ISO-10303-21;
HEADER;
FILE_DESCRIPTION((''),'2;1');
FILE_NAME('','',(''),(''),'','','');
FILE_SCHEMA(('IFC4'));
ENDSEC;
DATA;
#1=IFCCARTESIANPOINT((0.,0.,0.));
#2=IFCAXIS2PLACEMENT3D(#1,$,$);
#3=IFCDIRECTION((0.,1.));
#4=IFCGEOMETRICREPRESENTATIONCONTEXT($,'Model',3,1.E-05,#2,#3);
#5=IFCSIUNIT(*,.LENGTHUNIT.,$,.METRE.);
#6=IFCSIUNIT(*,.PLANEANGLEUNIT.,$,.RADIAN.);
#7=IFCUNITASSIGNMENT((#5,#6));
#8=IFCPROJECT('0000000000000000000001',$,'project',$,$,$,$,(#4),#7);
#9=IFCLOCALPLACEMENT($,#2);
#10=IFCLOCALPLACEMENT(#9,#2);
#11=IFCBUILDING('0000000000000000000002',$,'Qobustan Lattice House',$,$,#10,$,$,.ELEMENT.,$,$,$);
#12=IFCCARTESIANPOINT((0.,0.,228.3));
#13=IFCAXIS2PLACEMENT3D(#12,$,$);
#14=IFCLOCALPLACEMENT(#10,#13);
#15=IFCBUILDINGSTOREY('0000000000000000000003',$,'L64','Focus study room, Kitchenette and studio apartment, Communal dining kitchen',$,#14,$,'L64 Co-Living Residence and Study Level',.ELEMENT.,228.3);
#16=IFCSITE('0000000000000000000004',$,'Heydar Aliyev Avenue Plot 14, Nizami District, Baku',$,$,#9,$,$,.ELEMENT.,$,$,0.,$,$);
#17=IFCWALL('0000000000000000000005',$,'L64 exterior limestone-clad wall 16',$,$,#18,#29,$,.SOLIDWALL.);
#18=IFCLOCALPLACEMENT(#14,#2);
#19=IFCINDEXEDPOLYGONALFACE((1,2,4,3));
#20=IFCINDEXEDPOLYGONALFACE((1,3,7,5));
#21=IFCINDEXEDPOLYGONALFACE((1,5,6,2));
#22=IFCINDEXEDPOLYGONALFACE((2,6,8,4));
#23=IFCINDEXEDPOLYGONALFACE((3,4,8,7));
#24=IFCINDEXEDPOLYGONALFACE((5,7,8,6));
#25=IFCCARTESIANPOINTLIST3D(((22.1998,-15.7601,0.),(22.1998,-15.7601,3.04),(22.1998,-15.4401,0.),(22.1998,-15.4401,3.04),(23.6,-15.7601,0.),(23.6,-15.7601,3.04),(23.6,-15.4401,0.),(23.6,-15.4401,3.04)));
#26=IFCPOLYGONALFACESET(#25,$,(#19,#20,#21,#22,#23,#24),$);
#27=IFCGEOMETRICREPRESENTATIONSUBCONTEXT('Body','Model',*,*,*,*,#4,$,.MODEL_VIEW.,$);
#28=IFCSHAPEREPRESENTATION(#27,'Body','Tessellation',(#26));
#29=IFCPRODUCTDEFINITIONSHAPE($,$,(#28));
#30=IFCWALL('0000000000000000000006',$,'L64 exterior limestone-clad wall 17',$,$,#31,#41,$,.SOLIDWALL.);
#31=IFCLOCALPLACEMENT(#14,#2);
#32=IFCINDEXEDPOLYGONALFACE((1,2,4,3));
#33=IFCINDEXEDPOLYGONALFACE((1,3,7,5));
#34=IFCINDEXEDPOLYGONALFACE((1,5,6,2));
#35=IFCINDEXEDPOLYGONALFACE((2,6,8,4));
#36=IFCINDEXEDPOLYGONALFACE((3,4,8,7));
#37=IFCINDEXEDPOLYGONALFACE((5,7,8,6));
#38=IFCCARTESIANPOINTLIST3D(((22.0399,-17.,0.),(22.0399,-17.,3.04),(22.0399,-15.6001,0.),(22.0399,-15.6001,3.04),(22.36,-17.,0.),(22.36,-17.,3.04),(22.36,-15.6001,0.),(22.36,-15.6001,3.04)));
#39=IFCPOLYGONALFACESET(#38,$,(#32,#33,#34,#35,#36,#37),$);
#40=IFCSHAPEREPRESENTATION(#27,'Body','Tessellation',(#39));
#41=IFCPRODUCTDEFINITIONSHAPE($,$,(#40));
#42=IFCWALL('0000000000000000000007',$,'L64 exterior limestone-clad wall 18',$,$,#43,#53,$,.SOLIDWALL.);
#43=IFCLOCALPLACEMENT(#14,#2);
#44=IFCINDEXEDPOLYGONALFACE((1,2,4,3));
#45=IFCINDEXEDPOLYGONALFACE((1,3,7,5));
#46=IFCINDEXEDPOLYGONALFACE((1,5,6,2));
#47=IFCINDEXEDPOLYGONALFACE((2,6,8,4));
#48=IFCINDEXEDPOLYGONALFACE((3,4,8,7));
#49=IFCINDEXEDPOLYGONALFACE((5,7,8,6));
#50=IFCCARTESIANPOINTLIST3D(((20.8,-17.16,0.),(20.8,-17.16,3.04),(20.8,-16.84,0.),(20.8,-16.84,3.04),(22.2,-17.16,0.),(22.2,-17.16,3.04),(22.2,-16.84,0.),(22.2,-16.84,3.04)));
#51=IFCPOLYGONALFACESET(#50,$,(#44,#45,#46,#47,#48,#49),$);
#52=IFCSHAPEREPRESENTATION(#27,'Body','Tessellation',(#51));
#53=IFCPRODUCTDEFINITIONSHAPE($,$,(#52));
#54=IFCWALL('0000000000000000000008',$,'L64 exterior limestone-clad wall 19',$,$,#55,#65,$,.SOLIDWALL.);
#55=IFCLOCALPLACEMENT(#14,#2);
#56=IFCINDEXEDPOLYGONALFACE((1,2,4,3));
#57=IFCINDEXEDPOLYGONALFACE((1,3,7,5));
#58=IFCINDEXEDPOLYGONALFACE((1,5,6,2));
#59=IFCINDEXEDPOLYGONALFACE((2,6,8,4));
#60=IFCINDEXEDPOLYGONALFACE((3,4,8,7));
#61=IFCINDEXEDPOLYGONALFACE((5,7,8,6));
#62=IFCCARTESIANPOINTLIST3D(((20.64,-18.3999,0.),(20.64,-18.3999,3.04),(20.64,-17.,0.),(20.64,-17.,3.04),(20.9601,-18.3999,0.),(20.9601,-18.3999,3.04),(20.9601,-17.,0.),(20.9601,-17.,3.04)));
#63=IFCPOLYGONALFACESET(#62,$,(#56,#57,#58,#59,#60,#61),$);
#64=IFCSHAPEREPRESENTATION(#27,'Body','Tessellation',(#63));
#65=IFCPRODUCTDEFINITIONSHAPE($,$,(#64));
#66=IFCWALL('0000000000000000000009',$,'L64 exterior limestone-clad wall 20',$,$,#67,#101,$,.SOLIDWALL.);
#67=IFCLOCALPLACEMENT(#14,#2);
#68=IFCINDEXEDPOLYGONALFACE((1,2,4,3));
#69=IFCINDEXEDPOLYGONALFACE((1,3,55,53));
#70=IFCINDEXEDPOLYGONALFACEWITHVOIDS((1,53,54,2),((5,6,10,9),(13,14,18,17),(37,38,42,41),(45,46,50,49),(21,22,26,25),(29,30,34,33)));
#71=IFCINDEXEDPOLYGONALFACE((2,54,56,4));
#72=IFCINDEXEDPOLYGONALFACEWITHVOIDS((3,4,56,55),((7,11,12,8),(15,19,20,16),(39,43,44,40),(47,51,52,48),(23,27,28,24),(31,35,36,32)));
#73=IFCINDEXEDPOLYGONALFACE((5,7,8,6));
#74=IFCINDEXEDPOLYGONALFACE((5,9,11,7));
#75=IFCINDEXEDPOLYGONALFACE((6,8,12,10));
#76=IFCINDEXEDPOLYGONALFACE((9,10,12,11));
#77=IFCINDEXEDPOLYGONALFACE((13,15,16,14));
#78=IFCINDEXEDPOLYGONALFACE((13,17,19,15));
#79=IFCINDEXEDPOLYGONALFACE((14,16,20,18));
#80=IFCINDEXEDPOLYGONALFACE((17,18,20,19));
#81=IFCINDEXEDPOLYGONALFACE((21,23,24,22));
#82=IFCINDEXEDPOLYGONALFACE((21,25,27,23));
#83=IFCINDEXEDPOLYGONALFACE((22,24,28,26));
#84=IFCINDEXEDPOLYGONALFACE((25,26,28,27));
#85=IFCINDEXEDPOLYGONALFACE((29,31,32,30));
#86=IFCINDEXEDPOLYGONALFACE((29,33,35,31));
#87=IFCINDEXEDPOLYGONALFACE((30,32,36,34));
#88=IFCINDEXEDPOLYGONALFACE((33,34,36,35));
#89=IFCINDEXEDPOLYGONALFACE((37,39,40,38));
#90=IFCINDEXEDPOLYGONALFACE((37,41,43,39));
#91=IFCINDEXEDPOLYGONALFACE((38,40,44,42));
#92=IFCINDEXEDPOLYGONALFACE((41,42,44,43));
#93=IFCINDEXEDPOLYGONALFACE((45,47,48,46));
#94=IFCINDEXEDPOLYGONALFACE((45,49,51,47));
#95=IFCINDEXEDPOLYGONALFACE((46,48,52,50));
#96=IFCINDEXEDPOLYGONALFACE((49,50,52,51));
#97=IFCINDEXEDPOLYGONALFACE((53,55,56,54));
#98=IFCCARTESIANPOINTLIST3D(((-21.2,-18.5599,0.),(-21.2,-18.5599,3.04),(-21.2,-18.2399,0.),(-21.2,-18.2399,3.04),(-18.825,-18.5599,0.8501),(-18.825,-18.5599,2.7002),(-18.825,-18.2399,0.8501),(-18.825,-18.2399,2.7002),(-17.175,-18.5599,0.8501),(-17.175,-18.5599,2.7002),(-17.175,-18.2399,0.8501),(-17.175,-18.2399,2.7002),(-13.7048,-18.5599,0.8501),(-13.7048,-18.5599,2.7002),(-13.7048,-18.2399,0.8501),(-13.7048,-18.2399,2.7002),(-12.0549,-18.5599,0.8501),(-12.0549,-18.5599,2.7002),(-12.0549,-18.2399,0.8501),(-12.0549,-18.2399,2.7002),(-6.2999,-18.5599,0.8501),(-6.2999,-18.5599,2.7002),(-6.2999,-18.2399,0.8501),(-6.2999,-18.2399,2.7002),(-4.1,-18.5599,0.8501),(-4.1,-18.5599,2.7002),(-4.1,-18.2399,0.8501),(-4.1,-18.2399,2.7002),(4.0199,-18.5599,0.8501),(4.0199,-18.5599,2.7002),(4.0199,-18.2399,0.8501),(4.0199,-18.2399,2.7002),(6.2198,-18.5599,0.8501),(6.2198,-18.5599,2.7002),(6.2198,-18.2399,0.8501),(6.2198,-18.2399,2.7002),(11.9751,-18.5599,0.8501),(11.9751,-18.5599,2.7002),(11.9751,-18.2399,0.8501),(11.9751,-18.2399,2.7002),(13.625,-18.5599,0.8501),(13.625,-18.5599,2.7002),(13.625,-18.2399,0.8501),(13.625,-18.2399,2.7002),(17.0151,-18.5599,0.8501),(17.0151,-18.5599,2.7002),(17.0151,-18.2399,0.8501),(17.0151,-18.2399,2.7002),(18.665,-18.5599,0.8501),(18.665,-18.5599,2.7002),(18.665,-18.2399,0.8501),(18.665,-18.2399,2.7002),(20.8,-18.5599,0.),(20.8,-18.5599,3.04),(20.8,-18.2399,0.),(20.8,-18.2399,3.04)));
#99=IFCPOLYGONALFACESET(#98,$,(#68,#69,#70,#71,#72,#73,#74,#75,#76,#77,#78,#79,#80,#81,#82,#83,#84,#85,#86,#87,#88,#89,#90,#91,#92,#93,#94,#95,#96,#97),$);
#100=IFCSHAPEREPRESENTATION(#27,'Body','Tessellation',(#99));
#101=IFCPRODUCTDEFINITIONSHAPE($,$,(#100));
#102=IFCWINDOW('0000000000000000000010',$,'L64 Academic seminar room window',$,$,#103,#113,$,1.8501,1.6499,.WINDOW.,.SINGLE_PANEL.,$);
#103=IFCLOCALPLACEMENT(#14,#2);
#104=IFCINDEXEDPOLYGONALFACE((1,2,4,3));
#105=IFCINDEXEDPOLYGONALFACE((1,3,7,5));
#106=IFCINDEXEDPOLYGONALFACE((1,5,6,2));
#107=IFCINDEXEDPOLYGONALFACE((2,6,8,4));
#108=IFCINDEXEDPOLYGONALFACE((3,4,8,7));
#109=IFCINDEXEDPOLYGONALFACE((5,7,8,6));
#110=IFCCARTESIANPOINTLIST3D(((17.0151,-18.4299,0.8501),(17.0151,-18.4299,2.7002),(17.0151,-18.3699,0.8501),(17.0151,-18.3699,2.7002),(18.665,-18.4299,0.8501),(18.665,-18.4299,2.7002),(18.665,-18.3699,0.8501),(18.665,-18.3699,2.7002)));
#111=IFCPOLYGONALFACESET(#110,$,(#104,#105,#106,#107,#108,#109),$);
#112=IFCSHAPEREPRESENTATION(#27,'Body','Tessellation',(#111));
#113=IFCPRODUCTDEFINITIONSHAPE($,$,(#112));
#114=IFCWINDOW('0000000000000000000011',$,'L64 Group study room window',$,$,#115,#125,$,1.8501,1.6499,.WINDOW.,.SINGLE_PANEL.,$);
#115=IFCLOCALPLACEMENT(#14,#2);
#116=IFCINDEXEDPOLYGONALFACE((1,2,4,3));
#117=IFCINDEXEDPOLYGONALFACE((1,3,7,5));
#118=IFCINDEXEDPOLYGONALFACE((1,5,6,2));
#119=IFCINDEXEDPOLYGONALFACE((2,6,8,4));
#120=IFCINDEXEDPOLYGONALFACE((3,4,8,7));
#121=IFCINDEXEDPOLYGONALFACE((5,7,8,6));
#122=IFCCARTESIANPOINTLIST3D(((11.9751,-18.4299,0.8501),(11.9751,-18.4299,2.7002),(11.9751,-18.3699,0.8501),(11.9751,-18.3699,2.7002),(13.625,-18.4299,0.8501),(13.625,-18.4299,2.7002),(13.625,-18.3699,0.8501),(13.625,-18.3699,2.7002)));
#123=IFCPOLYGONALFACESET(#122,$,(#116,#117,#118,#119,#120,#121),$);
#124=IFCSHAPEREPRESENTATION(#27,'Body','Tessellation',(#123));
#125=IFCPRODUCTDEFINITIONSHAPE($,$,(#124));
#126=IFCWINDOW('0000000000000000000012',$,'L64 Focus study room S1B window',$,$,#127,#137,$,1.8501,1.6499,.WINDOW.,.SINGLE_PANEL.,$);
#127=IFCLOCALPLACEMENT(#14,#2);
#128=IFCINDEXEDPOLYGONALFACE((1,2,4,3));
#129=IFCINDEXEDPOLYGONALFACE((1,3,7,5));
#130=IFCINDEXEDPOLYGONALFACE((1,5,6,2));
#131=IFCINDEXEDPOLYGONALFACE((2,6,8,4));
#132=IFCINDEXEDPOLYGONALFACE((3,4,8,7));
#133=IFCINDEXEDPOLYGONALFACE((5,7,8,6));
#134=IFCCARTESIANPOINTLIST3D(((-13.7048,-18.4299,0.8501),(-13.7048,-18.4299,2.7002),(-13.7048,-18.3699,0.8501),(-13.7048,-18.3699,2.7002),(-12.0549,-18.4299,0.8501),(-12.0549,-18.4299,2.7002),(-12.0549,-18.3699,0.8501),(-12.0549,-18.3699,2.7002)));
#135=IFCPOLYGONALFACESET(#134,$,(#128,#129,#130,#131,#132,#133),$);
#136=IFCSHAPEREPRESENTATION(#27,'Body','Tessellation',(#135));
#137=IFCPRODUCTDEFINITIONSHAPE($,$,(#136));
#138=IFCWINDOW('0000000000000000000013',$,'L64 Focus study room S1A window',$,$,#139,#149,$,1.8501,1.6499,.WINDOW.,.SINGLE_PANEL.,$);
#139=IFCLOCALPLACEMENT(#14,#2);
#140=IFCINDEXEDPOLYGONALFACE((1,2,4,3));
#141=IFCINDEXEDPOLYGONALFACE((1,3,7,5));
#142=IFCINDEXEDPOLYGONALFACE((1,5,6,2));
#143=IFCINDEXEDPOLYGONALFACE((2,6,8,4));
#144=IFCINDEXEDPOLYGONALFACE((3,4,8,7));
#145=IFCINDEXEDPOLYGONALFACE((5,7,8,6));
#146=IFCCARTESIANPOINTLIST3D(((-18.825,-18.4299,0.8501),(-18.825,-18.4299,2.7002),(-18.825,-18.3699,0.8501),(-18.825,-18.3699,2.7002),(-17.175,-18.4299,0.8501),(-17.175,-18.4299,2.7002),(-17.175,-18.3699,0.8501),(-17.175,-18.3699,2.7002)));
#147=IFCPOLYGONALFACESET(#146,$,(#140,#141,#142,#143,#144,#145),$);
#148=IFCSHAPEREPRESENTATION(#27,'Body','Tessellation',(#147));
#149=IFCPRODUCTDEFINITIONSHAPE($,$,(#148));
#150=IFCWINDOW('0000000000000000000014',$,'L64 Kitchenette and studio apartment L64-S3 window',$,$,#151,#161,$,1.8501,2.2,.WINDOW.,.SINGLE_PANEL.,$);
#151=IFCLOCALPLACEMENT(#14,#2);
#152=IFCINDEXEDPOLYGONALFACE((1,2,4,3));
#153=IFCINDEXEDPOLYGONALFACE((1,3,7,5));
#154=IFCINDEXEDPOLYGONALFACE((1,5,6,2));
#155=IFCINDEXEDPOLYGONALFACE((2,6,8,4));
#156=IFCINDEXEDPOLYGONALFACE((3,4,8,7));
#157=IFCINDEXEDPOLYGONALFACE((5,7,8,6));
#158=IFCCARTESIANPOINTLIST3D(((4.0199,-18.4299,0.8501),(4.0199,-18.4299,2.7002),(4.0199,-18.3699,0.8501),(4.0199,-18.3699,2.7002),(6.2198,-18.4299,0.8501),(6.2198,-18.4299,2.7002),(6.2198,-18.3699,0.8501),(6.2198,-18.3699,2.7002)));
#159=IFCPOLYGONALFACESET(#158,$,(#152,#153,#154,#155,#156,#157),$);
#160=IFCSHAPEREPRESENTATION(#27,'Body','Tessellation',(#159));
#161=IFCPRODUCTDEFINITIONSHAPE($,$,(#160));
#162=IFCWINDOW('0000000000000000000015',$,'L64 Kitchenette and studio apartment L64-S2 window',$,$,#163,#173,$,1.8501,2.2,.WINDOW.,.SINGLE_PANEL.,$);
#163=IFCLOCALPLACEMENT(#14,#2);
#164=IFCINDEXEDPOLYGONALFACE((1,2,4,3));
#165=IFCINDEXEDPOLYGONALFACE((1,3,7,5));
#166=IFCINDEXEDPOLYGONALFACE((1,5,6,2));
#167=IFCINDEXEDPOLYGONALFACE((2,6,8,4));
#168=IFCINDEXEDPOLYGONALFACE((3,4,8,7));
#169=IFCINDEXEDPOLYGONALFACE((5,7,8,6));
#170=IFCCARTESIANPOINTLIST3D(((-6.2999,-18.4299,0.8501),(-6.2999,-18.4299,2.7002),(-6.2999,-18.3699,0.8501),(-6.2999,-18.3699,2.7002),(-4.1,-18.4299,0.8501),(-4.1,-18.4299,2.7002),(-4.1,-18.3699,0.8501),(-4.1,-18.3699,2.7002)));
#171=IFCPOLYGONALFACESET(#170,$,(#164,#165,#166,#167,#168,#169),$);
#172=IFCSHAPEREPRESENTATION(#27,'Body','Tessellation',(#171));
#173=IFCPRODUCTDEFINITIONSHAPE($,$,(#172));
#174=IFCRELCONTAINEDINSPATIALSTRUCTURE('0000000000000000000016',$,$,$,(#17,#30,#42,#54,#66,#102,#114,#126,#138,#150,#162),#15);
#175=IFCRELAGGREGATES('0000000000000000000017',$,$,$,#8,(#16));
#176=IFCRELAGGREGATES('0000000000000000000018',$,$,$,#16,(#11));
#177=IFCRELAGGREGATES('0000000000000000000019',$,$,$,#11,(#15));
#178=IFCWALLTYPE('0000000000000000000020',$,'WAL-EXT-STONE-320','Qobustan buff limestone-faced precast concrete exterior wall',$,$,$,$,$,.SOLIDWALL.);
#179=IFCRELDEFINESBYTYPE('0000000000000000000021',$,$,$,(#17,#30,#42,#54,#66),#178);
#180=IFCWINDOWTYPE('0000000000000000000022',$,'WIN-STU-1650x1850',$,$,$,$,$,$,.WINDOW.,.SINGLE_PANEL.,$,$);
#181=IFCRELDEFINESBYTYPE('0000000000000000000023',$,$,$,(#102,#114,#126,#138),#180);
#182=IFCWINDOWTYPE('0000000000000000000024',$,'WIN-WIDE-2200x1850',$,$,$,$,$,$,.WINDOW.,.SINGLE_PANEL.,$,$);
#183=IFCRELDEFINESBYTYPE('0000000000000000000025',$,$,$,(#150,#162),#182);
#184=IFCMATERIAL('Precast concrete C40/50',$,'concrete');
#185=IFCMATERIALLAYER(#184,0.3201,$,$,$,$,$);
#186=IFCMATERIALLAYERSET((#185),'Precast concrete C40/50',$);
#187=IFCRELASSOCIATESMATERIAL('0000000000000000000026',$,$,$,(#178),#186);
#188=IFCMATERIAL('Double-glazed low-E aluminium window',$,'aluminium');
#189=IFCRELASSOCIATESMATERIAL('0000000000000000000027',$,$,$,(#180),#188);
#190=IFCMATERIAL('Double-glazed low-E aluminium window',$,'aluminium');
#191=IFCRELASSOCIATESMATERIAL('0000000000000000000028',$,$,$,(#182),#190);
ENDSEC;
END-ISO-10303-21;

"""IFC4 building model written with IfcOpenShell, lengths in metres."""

from ifc_helpers import new_model, si_unit, direction, frame, frame_2d, origin, place, context, subcontext, project, spatial, rectangle, extrude, material, layer, layer_set, type_object, element, fill, save


model = new_model("IFC4")

# Units and contexts
model_context = context("Model", 3, precision=1e-05, world=origin(), true_north=direction((0.0, 1.0)))
body_context = subcontext(model_context, "Body", "Model", "MODEL_VIEW")
ifc_project = project(units=[si_unit("LENGTHUNIT", "METRE"), si_unit("PLANEANGLEUNIT", "RADIAN")], contexts=[model_context])

# Site, building, storey
site_placement = place(None, origin())
site = spatial("IfcSite", under=ifc_project, at=site_placement, Name="Heydar Aliyev Avenue Plot 14, Nizami District, Baku", CompositionType="ELEMENT", RefElevation=0.0)
building_placement = place(site_placement, origin())
building = spatial("IfcBuilding", under=site, at=building_placement, Name="Qobustan Lattice House", CompositionType="ELEMENT")
storey_placement = place(building_placement, frame((0.0, 0.0, 228.3)))
storey = spatial("IfcBuildingStorey", under=building, at=storey_placement, Name="L64", Description="Focus study room, Kitchenette and studio apartment, Communal dining kitchen", LongName="L64 Co-Living Residence and Study Level", CompositionType="ELEMENT", Elevation=228.3)

# Walls
ifc_material_1 = material(Name="Precast concrete C40/50", Category="concrete")
ifc_layer = layer(ifc_material_1, 0.3201)
ifc_layer_set = layer_set([ifc_layer], Name="Precast concrete C40/50")
wall_type = type_object("IfcWallType", Name="WAL-EXT-STONE-320", Description="Qobustan buff limestone-faced precast concrete exterior wall", PredefinedType="SOLIDWALL", material=ifc_layer_set)
wall_1_placement = place(storey_placement, frame((23.6001, -15.6001, 0.0), z_axis=(0.0, 0.0, 1.0), x_axis=(-1.0, 0.0, 0.0)))
element("IfcWall", 1, at=wall_1_placement, inside=storey, type_object=wall_type, Name="L64 exterior limestone-clad wall 16", PredefinedType="SOLIDWALL", context=body_context, shape_type="SweptSolid", body=[
    extrude(rectangle(XDim=1.4001, YDim=0.3201, at=frame_2d((0.7002, 0.0))), origin(), (0.0, 0.0, 1.0), 3.04),
])
for number, where, z_axis, x_axis, name in (
    (2, (22.2, -15.6001, 0.0), (0.0, 0.0, 1.0), (0.0, -1.0, 0.0), "L64 exterior limestone-clad wall 17"),
    (3, (22.2, -17.0, 0.0), (0.0, 0.0, 1.0), (-1.0, 0.0, 0.0), "L64 exterior limestone-clad wall 18"),
    (4, (20.8, -17.0, 0.0), (0.0, 0.0, 1.0), (0.0, -1.0, 0.0), "L64 exterior limestone-clad wall 19"),
):
    element("IfcWall", number, at=place(storey_placement, frame(where, z_axis=z_axis, x_axis=x_axis)), inside=storey, type_object=wall_type, Name=name, PredefinedType="SOLIDWALL", context=body_context, shape_type="SweptSolid", body=[
        extrude(rectangle(XDim=1.3999, YDim=0.3201, at=frame_2d((0.7, 0.0))), origin(), (0.0, 0.0, 1.0), 3.04),
    ])

# Wall, openings, windows
wall_2_placement = place(storey_placement, frame((20.8, -18.3999, 0.0), z_axis=(0.0, 0.0, 1.0), x_axis=(-1.0, 0.0, 0.0)))
wall_2 = element("IfcWall", 5, at=wall_2_placement, inside=storey, type_object=wall_type, Name="L64 exterior limestone-clad wall 20", PredefinedType="SOLIDWALL", context=body_context, shape_type="SweptSolid", body=[
    extrude(rectangle(XDim=42.0, YDim=0.3201, at=frame_2d((21.0, 0.0))), origin(), (0.0, 0.0, 1.0), 3.04),
])
opening_1_placement = place(wall_2_placement, frame((2.135, 0.0, 0.8501)))
opening_1 = element("IfcOpeningElement", 6, at=opening_1_placement, cuts=wall_2, PredefinedType="OPENING", context=body_context, shape_type="SweptSolid", body=[
    extrude(rectangle(XDim=1.6499, YDim=1.8501, at=frame_2d((0.825, 0.925))), frame((0.0, 0.1699, 0.0), z_axis=(0.0, -1.0, 0.0), x_axis=(1.0, 0.0, 0.0)), (0.0, 0.0, 1.0), 0.3401),
])
opening_2_placement = place(wall_2_placement, frame((7.175, 0.0, 0.8501)))
opening_2 = element("IfcOpeningElement", 7, at=opening_2_placement, cuts=wall_2, PredefinedType="OPENING", context=body_context, shape_type="SweptSolid", body=[
    extrude(rectangle(XDim=1.6499, YDim=1.8501, at=frame_2d((0.825, 0.925))), frame((0.0, 0.1699, 0.0), z_axis=(0.0, -1.0, 0.0), x_axis=(1.0, 0.0, 0.0)), (0.0, 0.0, 1.0), 0.3401),
])
opening_3_placement = place(wall_2_placement, frame((14.5801, 0.0, 0.8501)))
opening_3 = element("IfcOpeningElement", 8, at=opening_3_placement, cuts=wall_2, PredefinedType="OPENING", context=body_context, shape_type="SweptSolid", body=[
    extrude(rectangle(XDim=2.2, YDim=1.8501, at=frame_2d((1.1001, 0.925))), frame((0.0, 0.1699, 0.0), z_axis=(0.0, -1.0, 0.0), x_axis=(1.0, 0.0, 0.0)), (0.0, 0.0, 1.0), 0.3401),
])
opening_4_placement = place(wall_2_placement, frame((24.8999, 0.0, 0.8501)))
opening_4 = element("IfcOpeningElement", 9, at=opening_4_placement, cuts=wall_2, PredefinedType="OPENING", context=body_context, shape_type="SweptSolid", body=[
    extrude(rectangle(XDim=2.2, YDim=1.8501, at=frame_2d((1.1001, 0.925))), frame((0.0, 0.1699, 0.0), z_axis=(0.0, -1.0, 0.0), x_axis=(1.0, 0.0, 0.0)), (0.0, 0.0, 1.0), 0.3401),
])
opening_5_placement = place(wall_2_placement, frame((32.855, 0.0, 0.8501)))
opening_5 = element("IfcOpeningElement", 10, at=opening_5_placement, cuts=wall_2, PredefinedType="OPENING", context=body_context, shape_type="SweptSolid", body=[
    extrude(rectangle(XDim=1.6499, YDim=1.8501, at=frame_2d((0.825, 0.925))), frame((0.0, 0.1699, 0.0), z_axis=(0.0, -1.0, 0.0), x_axis=(1.0, 0.0, 0.0)), (0.0, 0.0, 1.0), 0.3401),
])
opening_6_placement = place(wall_2_placement, frame((37.9751, 0.0, 0.8501)))
opening_6 = element("IfcOpeningElement", 11, at=opening_6_placement, cuts=wall_2, PredefinedType="OPENING", context=body_context, shape_type="SweptSolid", body=[
    extrude(rectangle(XDim=1.6499, YDim=1.8501, at=frame_2d((0.825, 0.925))), frame((0.0, 0.1699, 0.0), z_axis=(0.0, -1.0, 0.0), x_axis=(1.0, 0.0, 0.0)), (0.0, 0.0, 1.0), 0.3401),
])
ifc_material_2 = material(Name="Double-glazed low-E aluminium window", Category="aluminium")
window_type_1 = type_object("IfcWindowType", Name="WIN-STU-1650x1850", PartitioningType="SINGLE_PANEL", PredefinedType="WINDOW", material=ifc_material_2)
window_1_placement = place(opening_1_placement, origin())
window_1 = element("IfcWindow", 12, at=window_1_placement, inside=storey, type_object=window_type_1, Name="L64 Academic seminar room window", OverallHeight=1.8501, OverallWidth=1.6499, PartitioningType="SINGLE_PANEL", PredefinedType="WINDOW", context=body_context, shape_type="SweptSolid", body=[
    extrude(rectangle(XDim=1.6499, YDim=1.8501, at=frame_2d((0.825, 0.925))), frame((0.0, 0.03, 0.0), z_axis=(0.0, -1.0, 0.0), x_axis=(1.0, 0.0, 0.0)), (0.0, 0.0, 1.0), 0.0601),
])
fill(opening_1, window_1)
window_2_placement = place(opening_2_placement, origin())
window_2 = element("IfcWindow", 13, at=window_2_placement, inside=storey, type_object=window_type_1, Name="L64 Group study room window", OverallHeight=1.8501, OverallWidth=1.6499, PartitioningType="SINGLE_PANEL", PredefinedType="WINDOW", context=body_context, shape_type="SweptSolid", body=[
    extrude(rectangle(XDim=1.6499, YDim=1.8501, at=frame_2d((0.825, 0.925))), frame((0.0, 0.03, 0.0), z_axis=(0.0, -1.0, 0.0), x_axis=(1.0, 0.0, 0.0)), (0.0, 0.0, 1.0), 0.0601),
])
fill(opening_2, window_2)
window_3_placement = place(opening_5_placement, origin())
window_3 = element("IfcWindow", 14, at=window_3_placement, inside=storey, type_object=window_type_1, Name="L64 Focus study room S1B window", OverallHeight=1.8501, OverallWidth=1.6499, PartitioningType="SINGLE_PANEL", PredefinedType="WINDOW", context=body_context, shape_type="SweptSolid", body=[
    extrude(rectangle(XDim=1.6499, YDim=1.8501, at=frame_2d((0.825, 0.925))), frame((0.0, 0.03, 0.0), z_axis=(0.0, -1.0, 0.0), x_axis=(1.0, 0.0, 0.0)), (0.0, 0.0, 1.0), 0.0601),
])
fill(opening_5, window_3)
window_4_placement = place(opening_6_placement, origin())
window_4 = element("IfcWindow", 15, at=window_4_placement, inside=storey, type_object=window_type_1, Name="L64 Focus study room S1A window", OverallHeight=1.8501, OverallWidth=1.6499, PartitioningType="SINGLE_PANEL", PredefinedType="WINDOW", context=body_context, shape_type="SweptSolid", body=[
    extrude(rectangle(XDim=1.6499, YDim=1.8501, at=frame_2d((0.825, 0.925))), frame((0.0, 0.03, 0.0), z_axis=(0.0, -1.0, 0.0), x_axis=(1.0, 0.0, 0.0)), (0.0, 0.0, 1.0), 0.0601),
])
fill(opening_6, window_4)
ifc_material_3 = material(Name="Double-glazed low-E aluminium window", Category="aluminium")
window_type_2 = type_object("IfcWindowType", Name="WIN-WIDE-2200x1850", PartitioningType="SINGLE_PANEL", PredefinedType="WINDOW", material=ifc_material_3)
window_5_placement = place(opening_3_placement, origin())
window_5 = element("IfcWindow", 16, at=window_5_placement, inside=storey, type_object=window_type_2, Name="L64 Kitchenette and studio apartment L64-S3 window", OverallHeight=1.8501, OverallWidth=2.2, PartitioningType="SINGLE_PANEL", PredefinedType="WINDOW", context=body_context, shape_type="SweptSolid", body=[
    extrude(rectangle(XDim=2.2, YDim=1.8501, at=frame_2d((1.1001, 0.925))), frame((0.0, 0.03, 0.0), z_axis=(0.0, -1.0, 0.0), x_axis=(1.0, 0.0, 0.0)), (0.0, 0.0, 1.0), 0.0601),
])
fill(opening_3, window_5)
window_6_placement = place(opening_4_placement, origin())
window_6 = element("IfcWindow", 17, at=window_6_placement, inside=storey, type_object=window_type_2, Name="L64 Kitchenette and studio apartment L64-S2 window", OverallHeight=1.8501, OverallWidth=2.2, PartitioningType="SINGLE_PANEL", PredefinedType="WINDOW", context=body_context, shape_type="SweptSolid", body=[
    extrude(rectangle(XDim=2.2, YDim=1.8501, at=frame_2d((1.1001, 0.925))), frame((0.0, 0.03, 0.0), z_axis=(0.0, -1.0, 0.0), x_axis=(1.0, 0.0, 0.0)), (0.0, 0.0, 1.0), 0.0601),
])
fill(opening_4, window_6)

save(model, "model.ifc")
